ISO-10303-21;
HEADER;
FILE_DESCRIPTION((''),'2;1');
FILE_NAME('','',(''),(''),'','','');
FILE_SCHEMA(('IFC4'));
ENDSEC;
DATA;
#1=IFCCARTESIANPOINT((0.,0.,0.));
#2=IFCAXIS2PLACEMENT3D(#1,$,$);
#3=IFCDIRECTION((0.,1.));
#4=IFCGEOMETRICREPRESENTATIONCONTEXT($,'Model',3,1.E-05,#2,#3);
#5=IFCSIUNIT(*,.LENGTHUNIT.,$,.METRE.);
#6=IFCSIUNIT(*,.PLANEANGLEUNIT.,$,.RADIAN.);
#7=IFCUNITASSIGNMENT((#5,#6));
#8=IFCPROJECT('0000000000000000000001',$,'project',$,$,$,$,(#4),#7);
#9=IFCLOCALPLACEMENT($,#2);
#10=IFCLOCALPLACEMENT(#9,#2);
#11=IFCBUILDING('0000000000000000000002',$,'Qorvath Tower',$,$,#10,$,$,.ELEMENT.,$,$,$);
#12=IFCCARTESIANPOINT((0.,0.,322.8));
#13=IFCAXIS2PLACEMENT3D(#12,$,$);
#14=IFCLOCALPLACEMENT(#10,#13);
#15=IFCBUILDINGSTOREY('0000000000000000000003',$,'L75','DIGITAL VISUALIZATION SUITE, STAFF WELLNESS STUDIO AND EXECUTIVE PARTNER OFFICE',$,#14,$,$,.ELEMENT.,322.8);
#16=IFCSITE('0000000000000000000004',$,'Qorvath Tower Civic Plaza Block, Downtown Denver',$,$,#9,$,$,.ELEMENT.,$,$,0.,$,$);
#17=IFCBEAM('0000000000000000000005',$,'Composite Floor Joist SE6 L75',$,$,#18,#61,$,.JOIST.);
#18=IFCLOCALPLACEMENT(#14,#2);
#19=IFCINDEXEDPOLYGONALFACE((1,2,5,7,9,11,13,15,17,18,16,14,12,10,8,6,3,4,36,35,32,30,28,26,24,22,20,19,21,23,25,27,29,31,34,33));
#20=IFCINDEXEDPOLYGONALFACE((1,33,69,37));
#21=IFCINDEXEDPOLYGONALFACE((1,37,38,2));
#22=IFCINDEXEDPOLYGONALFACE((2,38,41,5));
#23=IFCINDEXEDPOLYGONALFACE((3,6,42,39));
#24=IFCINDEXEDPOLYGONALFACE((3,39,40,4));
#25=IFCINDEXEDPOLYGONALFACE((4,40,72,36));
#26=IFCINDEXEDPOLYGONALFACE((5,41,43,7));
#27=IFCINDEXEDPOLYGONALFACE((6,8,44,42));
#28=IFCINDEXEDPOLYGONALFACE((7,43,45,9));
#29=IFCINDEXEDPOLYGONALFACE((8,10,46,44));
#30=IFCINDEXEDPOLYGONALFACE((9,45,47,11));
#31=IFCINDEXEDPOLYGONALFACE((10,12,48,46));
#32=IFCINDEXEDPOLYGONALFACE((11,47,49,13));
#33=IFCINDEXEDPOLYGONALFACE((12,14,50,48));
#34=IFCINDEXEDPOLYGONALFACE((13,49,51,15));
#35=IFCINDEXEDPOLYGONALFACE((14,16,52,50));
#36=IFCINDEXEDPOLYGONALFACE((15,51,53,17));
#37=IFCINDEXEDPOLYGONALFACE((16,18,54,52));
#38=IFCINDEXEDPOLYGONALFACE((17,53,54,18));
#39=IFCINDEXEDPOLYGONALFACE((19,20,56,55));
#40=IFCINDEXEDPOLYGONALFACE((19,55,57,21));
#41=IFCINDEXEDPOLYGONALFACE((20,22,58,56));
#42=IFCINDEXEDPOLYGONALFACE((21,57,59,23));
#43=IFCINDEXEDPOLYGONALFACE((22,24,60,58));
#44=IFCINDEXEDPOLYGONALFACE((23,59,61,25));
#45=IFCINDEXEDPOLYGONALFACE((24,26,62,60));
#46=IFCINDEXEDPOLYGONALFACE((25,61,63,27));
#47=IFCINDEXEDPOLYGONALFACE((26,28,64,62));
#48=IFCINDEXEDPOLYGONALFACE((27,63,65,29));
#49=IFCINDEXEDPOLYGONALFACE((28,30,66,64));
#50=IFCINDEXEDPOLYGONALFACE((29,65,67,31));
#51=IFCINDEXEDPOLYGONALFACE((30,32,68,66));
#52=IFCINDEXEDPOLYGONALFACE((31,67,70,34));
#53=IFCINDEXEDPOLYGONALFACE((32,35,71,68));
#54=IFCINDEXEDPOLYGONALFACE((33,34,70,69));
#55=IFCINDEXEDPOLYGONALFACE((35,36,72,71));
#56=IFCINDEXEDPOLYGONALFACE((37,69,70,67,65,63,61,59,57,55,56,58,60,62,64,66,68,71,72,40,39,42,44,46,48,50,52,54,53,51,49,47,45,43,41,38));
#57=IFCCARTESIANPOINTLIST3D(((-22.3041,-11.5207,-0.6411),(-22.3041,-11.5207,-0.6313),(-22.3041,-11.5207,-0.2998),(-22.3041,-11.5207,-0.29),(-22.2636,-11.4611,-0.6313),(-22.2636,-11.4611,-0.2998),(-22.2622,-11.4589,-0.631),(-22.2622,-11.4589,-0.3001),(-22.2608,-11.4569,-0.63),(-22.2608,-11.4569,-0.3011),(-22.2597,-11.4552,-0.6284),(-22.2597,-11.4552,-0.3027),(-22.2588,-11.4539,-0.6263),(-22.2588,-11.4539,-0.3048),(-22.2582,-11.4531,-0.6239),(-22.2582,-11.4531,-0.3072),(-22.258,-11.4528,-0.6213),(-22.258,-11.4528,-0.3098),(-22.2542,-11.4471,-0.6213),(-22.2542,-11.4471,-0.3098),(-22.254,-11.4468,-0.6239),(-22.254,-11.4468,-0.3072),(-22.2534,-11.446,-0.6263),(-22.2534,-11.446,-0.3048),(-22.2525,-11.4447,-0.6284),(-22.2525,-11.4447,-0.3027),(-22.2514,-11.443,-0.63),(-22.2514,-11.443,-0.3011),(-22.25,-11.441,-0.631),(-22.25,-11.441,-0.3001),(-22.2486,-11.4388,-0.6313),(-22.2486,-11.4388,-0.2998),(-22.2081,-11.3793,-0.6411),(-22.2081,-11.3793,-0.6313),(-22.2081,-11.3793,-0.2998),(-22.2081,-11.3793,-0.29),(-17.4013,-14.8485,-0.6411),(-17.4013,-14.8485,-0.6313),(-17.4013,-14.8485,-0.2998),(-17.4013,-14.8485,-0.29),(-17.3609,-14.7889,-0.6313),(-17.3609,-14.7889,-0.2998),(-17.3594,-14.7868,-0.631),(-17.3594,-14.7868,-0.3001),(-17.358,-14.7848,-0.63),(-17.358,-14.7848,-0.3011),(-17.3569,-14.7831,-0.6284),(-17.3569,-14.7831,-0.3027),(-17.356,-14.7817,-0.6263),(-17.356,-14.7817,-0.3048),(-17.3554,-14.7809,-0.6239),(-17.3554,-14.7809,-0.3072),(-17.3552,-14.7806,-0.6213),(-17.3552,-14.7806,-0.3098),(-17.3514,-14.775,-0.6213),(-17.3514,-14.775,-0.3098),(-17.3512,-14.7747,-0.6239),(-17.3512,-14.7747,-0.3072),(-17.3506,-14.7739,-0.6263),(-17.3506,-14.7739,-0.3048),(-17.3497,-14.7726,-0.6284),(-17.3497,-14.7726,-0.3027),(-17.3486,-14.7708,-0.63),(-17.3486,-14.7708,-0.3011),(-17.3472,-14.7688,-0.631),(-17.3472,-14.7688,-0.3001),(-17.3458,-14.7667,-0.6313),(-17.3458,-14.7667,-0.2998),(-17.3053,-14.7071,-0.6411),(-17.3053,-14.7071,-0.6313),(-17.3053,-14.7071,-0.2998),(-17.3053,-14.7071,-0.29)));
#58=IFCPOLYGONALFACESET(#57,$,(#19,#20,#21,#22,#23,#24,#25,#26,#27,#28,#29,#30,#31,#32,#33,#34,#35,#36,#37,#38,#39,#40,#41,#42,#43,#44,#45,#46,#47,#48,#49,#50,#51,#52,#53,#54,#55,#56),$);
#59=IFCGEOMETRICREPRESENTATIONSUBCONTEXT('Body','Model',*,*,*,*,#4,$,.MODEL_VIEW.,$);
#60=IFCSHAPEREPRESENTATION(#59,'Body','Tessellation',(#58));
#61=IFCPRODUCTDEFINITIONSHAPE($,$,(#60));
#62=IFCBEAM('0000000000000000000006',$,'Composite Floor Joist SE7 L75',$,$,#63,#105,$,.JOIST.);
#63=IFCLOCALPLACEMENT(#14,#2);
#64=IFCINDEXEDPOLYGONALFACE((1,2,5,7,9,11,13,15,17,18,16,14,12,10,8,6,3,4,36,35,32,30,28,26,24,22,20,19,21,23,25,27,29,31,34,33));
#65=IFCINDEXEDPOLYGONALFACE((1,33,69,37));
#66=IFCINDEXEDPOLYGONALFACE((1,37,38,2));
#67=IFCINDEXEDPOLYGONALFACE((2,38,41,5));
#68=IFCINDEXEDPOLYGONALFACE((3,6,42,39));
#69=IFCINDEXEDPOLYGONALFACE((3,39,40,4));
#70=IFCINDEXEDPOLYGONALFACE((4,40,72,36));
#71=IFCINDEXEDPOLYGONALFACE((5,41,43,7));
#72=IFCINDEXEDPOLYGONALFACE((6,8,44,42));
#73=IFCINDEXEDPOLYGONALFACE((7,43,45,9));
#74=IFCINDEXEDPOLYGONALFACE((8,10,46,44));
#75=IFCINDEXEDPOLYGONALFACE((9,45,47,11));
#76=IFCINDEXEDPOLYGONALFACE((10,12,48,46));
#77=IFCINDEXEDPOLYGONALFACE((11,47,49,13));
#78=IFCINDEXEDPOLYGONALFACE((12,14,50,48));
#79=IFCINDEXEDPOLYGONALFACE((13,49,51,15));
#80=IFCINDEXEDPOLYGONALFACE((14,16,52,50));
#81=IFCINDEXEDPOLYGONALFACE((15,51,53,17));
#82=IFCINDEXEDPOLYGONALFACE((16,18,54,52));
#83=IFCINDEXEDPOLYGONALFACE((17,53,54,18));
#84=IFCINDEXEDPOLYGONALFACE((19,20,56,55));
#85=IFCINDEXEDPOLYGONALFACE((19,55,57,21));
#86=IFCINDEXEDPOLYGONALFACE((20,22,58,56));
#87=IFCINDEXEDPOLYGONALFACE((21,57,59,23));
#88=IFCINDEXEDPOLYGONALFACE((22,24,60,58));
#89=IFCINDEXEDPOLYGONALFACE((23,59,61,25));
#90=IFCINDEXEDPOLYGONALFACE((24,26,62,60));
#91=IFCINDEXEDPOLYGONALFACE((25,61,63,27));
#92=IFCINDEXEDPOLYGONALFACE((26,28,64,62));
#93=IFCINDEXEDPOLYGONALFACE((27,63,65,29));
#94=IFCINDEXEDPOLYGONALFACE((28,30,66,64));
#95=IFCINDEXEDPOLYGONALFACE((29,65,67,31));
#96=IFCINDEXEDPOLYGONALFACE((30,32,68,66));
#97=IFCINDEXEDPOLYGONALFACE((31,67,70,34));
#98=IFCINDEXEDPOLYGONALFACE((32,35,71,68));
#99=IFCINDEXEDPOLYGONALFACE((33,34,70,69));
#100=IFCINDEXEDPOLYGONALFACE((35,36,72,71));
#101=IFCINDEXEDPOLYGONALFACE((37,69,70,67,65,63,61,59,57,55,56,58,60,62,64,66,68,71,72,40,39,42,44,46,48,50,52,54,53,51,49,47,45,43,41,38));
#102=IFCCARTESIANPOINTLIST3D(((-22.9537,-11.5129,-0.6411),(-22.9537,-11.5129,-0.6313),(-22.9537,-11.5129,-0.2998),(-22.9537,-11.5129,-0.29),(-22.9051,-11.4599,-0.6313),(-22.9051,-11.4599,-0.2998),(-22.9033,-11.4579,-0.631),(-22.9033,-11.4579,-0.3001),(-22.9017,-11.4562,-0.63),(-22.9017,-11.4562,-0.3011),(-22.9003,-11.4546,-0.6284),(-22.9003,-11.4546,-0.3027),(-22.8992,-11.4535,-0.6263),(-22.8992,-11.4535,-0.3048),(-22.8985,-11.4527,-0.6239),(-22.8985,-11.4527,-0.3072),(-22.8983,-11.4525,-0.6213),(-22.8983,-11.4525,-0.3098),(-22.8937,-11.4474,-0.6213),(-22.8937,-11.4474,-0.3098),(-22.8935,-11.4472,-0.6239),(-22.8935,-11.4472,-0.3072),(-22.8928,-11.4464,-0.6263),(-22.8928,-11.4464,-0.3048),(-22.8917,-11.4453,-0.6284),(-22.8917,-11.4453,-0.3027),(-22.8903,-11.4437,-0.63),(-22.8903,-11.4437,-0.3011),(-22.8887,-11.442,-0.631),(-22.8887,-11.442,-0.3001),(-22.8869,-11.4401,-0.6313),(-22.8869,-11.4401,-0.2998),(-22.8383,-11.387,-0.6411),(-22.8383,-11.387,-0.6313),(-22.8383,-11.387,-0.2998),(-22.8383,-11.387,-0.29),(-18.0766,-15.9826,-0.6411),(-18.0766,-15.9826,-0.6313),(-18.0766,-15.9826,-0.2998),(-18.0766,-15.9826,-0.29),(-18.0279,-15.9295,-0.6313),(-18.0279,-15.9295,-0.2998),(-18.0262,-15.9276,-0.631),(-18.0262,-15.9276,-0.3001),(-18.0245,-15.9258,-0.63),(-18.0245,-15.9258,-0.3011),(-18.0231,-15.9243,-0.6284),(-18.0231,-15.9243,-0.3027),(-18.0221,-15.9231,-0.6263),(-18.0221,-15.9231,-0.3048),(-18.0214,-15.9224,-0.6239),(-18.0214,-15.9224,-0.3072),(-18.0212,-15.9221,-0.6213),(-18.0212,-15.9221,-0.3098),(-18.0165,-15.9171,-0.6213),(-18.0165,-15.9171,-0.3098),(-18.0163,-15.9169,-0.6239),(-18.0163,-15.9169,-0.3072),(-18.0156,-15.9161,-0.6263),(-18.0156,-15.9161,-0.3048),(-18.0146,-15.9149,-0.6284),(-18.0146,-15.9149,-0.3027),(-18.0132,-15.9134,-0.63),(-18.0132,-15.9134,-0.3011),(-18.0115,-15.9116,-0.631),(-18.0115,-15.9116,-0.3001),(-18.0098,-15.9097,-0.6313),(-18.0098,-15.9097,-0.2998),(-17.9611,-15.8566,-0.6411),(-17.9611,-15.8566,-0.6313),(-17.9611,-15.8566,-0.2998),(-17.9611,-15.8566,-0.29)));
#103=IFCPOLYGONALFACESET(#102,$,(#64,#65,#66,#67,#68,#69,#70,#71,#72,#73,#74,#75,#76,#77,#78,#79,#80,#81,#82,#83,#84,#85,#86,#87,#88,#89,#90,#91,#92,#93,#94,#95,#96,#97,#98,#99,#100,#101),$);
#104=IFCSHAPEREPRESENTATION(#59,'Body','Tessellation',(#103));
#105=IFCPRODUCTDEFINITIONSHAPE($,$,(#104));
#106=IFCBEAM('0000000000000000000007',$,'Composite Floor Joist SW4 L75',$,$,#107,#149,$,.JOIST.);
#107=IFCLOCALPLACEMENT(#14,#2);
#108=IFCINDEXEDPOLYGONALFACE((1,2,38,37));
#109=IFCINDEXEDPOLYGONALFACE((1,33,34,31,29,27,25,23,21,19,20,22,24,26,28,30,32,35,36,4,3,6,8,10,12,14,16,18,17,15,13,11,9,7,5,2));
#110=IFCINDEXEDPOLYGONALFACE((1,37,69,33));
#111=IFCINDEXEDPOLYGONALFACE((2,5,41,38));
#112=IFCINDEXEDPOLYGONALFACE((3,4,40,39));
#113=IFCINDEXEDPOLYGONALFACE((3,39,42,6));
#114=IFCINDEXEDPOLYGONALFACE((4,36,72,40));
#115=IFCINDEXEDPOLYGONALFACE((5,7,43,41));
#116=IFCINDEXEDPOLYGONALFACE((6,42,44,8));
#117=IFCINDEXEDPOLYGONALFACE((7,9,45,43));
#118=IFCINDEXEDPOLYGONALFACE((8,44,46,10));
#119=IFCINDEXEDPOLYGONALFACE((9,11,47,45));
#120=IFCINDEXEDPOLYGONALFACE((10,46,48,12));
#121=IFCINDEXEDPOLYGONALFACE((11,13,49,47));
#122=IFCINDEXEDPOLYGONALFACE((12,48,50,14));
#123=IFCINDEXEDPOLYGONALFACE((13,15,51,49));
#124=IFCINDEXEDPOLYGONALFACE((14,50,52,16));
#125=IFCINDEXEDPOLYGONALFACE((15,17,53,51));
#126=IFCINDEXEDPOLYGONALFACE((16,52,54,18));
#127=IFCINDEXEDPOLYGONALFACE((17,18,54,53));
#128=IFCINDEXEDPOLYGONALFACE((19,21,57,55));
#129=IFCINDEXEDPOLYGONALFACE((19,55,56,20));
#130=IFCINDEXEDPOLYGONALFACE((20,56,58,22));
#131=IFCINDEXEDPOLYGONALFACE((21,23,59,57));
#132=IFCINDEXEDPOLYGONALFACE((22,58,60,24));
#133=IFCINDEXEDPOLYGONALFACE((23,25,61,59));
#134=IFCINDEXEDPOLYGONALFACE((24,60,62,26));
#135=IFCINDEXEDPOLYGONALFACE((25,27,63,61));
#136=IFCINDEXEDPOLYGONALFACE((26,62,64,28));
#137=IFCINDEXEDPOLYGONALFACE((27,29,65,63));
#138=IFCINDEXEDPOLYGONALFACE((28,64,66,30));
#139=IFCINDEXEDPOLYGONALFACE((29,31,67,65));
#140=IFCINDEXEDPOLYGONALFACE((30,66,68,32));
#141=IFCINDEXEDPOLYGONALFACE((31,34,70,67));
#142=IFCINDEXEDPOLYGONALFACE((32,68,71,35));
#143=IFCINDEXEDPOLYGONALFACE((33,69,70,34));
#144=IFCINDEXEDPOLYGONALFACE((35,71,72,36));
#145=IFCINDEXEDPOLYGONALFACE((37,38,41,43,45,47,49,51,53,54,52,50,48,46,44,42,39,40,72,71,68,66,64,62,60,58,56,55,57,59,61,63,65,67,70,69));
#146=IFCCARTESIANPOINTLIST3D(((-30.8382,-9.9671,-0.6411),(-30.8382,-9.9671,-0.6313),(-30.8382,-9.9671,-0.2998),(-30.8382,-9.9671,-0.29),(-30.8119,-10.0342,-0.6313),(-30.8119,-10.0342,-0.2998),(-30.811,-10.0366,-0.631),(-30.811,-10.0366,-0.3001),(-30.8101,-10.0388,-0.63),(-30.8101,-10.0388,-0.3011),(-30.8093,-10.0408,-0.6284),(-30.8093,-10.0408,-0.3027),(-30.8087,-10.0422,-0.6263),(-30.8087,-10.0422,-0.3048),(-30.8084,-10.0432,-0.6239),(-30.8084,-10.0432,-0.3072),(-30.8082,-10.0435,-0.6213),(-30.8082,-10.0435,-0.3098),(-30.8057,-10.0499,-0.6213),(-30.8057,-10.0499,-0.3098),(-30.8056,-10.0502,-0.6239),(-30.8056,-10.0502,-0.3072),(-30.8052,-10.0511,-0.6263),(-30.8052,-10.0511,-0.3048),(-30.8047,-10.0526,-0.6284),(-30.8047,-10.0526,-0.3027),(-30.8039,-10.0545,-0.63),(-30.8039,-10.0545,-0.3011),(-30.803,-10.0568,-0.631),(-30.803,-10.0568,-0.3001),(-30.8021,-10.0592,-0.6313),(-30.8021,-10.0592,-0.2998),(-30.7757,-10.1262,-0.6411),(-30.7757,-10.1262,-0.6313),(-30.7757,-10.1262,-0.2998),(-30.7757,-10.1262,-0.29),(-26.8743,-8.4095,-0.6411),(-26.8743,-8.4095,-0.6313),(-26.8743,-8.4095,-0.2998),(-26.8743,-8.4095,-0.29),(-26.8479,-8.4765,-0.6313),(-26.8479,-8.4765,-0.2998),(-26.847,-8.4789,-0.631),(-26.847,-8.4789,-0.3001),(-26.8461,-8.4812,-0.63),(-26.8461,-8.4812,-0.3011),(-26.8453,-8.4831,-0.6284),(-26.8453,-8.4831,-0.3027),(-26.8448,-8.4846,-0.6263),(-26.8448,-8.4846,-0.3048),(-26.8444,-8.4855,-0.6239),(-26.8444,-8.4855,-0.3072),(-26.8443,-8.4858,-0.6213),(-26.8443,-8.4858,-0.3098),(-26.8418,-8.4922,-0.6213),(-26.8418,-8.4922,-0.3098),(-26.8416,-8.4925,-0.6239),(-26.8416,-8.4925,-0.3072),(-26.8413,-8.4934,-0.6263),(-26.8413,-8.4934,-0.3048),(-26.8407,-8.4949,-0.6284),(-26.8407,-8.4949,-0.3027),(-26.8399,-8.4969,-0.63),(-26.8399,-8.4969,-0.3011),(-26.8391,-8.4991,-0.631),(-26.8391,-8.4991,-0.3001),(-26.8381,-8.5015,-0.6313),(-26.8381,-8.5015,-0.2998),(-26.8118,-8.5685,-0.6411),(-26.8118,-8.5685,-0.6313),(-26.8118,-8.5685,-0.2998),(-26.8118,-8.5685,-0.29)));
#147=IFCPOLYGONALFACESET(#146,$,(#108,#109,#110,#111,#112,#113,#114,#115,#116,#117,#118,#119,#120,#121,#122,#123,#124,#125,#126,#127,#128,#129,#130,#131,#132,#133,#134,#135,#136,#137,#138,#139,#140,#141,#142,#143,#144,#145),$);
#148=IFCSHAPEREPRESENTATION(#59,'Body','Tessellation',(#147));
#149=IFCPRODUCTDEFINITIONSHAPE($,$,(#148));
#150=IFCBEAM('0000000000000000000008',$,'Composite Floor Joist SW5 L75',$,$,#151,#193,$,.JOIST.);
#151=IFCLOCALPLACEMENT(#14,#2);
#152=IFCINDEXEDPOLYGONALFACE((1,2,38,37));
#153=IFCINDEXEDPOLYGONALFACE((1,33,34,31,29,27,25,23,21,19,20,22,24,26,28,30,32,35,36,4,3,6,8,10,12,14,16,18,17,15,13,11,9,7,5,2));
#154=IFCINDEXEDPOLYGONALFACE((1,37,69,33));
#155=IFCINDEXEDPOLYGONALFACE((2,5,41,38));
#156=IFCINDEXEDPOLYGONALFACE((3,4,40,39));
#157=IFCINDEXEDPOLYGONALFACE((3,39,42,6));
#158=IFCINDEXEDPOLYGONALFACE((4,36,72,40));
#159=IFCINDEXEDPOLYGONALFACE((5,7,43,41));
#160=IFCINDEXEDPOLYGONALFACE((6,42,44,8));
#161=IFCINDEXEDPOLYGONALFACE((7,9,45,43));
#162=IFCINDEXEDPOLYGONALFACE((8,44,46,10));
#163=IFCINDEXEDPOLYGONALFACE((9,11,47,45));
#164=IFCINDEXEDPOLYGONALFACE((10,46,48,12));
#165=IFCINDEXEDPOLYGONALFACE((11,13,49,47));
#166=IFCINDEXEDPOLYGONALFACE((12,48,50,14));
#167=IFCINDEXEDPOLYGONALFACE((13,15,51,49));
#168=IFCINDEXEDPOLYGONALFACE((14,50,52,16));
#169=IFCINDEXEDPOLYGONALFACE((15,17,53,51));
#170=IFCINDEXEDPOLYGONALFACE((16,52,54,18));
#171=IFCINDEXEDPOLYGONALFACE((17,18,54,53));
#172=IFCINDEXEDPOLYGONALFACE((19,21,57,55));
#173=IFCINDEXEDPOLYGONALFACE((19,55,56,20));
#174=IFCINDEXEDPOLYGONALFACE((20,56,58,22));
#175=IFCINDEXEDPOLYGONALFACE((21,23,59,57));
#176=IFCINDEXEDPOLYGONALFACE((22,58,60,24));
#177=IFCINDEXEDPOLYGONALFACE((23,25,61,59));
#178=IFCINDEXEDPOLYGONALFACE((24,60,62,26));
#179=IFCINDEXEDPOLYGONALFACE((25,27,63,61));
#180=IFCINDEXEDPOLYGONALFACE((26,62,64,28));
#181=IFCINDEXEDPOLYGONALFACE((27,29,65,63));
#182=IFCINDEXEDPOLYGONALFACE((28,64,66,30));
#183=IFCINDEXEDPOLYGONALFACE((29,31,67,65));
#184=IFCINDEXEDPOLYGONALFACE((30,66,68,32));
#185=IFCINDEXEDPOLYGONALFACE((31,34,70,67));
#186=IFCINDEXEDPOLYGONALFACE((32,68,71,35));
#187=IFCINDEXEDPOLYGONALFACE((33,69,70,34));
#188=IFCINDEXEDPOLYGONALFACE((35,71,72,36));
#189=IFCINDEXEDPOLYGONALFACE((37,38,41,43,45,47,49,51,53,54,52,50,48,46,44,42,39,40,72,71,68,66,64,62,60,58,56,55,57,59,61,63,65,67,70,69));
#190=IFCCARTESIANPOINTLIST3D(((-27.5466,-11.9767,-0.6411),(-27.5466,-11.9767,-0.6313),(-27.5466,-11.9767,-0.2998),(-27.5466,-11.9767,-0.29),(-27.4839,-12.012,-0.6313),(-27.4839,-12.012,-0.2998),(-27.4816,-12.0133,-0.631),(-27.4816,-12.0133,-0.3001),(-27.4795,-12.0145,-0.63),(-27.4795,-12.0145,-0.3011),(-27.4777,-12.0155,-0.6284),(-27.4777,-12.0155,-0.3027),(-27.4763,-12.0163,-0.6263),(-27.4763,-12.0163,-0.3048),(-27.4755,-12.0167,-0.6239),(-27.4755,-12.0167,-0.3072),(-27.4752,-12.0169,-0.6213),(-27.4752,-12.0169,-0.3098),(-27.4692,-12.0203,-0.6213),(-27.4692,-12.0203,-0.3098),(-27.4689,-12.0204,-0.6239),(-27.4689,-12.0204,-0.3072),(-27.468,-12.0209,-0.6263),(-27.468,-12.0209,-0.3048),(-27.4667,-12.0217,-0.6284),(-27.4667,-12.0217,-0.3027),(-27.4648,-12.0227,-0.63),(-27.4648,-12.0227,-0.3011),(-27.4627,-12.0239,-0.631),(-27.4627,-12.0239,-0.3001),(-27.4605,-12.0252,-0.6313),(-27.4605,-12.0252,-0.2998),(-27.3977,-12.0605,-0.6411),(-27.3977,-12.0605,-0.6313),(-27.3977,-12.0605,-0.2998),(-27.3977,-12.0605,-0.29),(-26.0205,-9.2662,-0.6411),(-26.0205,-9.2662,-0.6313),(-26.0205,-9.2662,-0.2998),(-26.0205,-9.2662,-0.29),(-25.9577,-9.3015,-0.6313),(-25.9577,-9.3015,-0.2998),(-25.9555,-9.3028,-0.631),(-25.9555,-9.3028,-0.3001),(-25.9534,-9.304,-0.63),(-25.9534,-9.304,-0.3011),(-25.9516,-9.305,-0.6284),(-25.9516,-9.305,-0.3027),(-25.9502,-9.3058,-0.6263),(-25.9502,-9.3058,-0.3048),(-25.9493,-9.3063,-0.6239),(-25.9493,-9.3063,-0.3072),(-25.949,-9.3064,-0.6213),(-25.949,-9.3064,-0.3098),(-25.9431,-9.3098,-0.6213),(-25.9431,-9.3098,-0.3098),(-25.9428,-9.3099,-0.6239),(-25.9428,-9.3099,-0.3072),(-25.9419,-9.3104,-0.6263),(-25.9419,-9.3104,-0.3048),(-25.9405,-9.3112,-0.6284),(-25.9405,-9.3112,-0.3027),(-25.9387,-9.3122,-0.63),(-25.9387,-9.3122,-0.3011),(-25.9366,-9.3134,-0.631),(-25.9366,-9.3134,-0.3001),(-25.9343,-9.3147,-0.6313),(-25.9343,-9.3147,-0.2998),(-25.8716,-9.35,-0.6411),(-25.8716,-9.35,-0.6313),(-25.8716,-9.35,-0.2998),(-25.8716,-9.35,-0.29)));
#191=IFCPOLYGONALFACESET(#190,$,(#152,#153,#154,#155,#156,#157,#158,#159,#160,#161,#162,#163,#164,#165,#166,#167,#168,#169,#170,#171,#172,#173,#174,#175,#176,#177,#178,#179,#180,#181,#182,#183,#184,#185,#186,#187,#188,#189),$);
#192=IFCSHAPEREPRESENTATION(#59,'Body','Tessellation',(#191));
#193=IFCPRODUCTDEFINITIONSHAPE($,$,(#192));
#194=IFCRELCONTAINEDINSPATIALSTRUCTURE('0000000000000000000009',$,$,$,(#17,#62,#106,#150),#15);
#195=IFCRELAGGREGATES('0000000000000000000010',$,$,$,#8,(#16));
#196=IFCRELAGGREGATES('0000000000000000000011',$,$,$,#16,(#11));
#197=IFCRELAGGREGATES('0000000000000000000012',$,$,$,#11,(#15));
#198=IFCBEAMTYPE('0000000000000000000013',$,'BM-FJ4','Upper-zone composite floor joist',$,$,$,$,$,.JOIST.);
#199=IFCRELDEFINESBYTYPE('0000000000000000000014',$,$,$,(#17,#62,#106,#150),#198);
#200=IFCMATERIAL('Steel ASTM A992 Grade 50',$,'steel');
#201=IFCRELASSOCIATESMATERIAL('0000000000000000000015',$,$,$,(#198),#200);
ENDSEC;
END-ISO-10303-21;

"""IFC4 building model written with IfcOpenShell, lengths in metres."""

from ifc_helpers import new_model, si_unit, direction, frame, origin, origin_2d, place, context, subcontext, project, spatial, i_section, extrude, material, material_profile, profile_set, type_object, element, save


model = new_model("IFC4")

# Units and contexts
model_context = context("Model", 3, precision=1e-05, world=origin(), true_north=direction((0.0, 1.0)))
body_context = subcontext(model_context, "Body", "Model", "MODEL_VIEW")
ifc_project = project(units=[si_unit("LENGTHUNIT", "METRE"), si_unit("PLANEANGLEUNIT", "RADIAN")], contexts=[model_context])

# Site, building, storey
site_placement = place(None, origin())
site = spatial("IfcSite", under=ifc_project, at=site_placement, Name="Qorvath Tower Civic Plaza Block, Downtown Denver", CompositionType="ELEMENT", RefElevation=0.0)
building_placement = place(site_placement, origin())
building = spatial("IfcBuilding", under=site, at=building_placement, Name="Qorvath Tower", CompositionType="ELEMENT")
storey_placement = place(building_placement, frame((0.0, 0.0, 322.8)))
storey = spatial("IfcBuildingStorey", under=building, at=storey_placement, Name="L75", Description="DIGITAL VISUALIZATION SUITE, STAFF WELLNESS STUDIO AND EXECUTIVE PARTNER OFFICE", CompositionType="ELEMENT", Elevation=322.8)

# Beams
ifc_material_1 = material(Name="Steel ASTM A992 Grade 50", Category="steel")
ifc_material_profile_1 = material_profile(ifc_material_1, i_section(OverallWidth=0.1709, OverallDepth=0.3511, WebThickness=0.0068, FlangeThickness=0.0098, FilletRadius=0.01, at=origin_2d()), Name="W14x30")
ifc_profile_set_1 = profile_set([ifc_material_profile_1], Name="Steel ASTM A992 Grade 50")
beam_type_1 = type_object("IfcBeamType", Name="BM-FJ4", Description="Upper-zone composite floor joist", PredefinedType="JOIST", material=ifc_profile_set_1)
beam_1_placement = place(storey_placement, frame((-22.2561, -11.45, -0.4656), z_axis=(0.827401, -0.561612, 0.0), x_axis=(0.561612, 0.827401, 0.0)))
element("IfcBeam", 1, at=beam_1_placement, inside=storey, type_object=beam_type_1, Name="Composite Floor Joist SE6 L75", PredefinedType="JOIST", context=body_context, shape_type="SweptSolid", body=[
    extrude(i_section(OverallWidth=0.1709, OverallDepth=0.3511, WebThickness=0.0068, FlangeThickness=0.0098, FilletRadius=0.01, at=origin_2d()), origin(), (0.0, 0.0, 1.0), 5.9255),
])
beam_2_placement = place(storey_placement, frame((-22.896, -11.45, -0.4656), z_axis=(0.737232, -0.675639, 0.0), x_axis=(0.675639, 0.737232, 0.0)))
element("IfcBeam", 2, at=beam_2_placement, inside=storey, type_object=beam_type_1, Name="Composite Floor Joist SE7 L75", PredefinedType="JOIST", context=body_context, shape_type="SweptSolid", body=[
    extrude(i_section(OverallWidth=0.1709, OverallDepth=0.3511, WebThickness=0.0068, FlangeThickness=0.0098, FilletRadius=0.01, at=origin_2d()), origin(), (0.0, 0.0, 1.0), 6.6155),
])
beam_3_placement = place(storey_placement, frame((-26.843, -8.489, -0.4656), z_axis=(-0.930721, -0.36573, 0.0), x_axis=(0.36573, -0.930721, 0.0)))
element("IfcBeam", 3, at=beam_3_placement, inside=storey, type_object=beam_type_1, Name="Composite Floor Joist SW4 L75", PredefinedType="JOIST", context=body_context, shape_type="SweptSolid", body=[
    extrude(i_section(OverallWidth=0.1709, OverallDepth=0.3511, WebThickness=0.0068, FlangeThickness=0.0098, FilletRadius=0.01, at=origin_2d()), origin(), (0.0, 0.0, 1.0), 4.259),
])
beam_4_placement = place(storey_placement, frame((-25.946, -9.3081, -0.4656), z_axis=(-0.490626, -0.87137, 0.0), x_axis=(0.87137, -0.490626, 0.0)))
element("IfcBeam", 4, at=beam_4_placement, inside=storey, type_object=beam_type_1, Name="Composite Floor Joist SW5 L75", PredefinedType="JOIST", context=body_context, shape_type="SweptSolid", body=[
    extrude(i_section(OverallWidth=0.1709, OverallDepth=0.3511, WebThickness=0.0068, FlangeThickness=0.0098, FilletRadius=0.01, at=origin_2d()), origin(), (0.0, 0.0, 1.0), 3.1106),
])

save(model, "model.ifc")
